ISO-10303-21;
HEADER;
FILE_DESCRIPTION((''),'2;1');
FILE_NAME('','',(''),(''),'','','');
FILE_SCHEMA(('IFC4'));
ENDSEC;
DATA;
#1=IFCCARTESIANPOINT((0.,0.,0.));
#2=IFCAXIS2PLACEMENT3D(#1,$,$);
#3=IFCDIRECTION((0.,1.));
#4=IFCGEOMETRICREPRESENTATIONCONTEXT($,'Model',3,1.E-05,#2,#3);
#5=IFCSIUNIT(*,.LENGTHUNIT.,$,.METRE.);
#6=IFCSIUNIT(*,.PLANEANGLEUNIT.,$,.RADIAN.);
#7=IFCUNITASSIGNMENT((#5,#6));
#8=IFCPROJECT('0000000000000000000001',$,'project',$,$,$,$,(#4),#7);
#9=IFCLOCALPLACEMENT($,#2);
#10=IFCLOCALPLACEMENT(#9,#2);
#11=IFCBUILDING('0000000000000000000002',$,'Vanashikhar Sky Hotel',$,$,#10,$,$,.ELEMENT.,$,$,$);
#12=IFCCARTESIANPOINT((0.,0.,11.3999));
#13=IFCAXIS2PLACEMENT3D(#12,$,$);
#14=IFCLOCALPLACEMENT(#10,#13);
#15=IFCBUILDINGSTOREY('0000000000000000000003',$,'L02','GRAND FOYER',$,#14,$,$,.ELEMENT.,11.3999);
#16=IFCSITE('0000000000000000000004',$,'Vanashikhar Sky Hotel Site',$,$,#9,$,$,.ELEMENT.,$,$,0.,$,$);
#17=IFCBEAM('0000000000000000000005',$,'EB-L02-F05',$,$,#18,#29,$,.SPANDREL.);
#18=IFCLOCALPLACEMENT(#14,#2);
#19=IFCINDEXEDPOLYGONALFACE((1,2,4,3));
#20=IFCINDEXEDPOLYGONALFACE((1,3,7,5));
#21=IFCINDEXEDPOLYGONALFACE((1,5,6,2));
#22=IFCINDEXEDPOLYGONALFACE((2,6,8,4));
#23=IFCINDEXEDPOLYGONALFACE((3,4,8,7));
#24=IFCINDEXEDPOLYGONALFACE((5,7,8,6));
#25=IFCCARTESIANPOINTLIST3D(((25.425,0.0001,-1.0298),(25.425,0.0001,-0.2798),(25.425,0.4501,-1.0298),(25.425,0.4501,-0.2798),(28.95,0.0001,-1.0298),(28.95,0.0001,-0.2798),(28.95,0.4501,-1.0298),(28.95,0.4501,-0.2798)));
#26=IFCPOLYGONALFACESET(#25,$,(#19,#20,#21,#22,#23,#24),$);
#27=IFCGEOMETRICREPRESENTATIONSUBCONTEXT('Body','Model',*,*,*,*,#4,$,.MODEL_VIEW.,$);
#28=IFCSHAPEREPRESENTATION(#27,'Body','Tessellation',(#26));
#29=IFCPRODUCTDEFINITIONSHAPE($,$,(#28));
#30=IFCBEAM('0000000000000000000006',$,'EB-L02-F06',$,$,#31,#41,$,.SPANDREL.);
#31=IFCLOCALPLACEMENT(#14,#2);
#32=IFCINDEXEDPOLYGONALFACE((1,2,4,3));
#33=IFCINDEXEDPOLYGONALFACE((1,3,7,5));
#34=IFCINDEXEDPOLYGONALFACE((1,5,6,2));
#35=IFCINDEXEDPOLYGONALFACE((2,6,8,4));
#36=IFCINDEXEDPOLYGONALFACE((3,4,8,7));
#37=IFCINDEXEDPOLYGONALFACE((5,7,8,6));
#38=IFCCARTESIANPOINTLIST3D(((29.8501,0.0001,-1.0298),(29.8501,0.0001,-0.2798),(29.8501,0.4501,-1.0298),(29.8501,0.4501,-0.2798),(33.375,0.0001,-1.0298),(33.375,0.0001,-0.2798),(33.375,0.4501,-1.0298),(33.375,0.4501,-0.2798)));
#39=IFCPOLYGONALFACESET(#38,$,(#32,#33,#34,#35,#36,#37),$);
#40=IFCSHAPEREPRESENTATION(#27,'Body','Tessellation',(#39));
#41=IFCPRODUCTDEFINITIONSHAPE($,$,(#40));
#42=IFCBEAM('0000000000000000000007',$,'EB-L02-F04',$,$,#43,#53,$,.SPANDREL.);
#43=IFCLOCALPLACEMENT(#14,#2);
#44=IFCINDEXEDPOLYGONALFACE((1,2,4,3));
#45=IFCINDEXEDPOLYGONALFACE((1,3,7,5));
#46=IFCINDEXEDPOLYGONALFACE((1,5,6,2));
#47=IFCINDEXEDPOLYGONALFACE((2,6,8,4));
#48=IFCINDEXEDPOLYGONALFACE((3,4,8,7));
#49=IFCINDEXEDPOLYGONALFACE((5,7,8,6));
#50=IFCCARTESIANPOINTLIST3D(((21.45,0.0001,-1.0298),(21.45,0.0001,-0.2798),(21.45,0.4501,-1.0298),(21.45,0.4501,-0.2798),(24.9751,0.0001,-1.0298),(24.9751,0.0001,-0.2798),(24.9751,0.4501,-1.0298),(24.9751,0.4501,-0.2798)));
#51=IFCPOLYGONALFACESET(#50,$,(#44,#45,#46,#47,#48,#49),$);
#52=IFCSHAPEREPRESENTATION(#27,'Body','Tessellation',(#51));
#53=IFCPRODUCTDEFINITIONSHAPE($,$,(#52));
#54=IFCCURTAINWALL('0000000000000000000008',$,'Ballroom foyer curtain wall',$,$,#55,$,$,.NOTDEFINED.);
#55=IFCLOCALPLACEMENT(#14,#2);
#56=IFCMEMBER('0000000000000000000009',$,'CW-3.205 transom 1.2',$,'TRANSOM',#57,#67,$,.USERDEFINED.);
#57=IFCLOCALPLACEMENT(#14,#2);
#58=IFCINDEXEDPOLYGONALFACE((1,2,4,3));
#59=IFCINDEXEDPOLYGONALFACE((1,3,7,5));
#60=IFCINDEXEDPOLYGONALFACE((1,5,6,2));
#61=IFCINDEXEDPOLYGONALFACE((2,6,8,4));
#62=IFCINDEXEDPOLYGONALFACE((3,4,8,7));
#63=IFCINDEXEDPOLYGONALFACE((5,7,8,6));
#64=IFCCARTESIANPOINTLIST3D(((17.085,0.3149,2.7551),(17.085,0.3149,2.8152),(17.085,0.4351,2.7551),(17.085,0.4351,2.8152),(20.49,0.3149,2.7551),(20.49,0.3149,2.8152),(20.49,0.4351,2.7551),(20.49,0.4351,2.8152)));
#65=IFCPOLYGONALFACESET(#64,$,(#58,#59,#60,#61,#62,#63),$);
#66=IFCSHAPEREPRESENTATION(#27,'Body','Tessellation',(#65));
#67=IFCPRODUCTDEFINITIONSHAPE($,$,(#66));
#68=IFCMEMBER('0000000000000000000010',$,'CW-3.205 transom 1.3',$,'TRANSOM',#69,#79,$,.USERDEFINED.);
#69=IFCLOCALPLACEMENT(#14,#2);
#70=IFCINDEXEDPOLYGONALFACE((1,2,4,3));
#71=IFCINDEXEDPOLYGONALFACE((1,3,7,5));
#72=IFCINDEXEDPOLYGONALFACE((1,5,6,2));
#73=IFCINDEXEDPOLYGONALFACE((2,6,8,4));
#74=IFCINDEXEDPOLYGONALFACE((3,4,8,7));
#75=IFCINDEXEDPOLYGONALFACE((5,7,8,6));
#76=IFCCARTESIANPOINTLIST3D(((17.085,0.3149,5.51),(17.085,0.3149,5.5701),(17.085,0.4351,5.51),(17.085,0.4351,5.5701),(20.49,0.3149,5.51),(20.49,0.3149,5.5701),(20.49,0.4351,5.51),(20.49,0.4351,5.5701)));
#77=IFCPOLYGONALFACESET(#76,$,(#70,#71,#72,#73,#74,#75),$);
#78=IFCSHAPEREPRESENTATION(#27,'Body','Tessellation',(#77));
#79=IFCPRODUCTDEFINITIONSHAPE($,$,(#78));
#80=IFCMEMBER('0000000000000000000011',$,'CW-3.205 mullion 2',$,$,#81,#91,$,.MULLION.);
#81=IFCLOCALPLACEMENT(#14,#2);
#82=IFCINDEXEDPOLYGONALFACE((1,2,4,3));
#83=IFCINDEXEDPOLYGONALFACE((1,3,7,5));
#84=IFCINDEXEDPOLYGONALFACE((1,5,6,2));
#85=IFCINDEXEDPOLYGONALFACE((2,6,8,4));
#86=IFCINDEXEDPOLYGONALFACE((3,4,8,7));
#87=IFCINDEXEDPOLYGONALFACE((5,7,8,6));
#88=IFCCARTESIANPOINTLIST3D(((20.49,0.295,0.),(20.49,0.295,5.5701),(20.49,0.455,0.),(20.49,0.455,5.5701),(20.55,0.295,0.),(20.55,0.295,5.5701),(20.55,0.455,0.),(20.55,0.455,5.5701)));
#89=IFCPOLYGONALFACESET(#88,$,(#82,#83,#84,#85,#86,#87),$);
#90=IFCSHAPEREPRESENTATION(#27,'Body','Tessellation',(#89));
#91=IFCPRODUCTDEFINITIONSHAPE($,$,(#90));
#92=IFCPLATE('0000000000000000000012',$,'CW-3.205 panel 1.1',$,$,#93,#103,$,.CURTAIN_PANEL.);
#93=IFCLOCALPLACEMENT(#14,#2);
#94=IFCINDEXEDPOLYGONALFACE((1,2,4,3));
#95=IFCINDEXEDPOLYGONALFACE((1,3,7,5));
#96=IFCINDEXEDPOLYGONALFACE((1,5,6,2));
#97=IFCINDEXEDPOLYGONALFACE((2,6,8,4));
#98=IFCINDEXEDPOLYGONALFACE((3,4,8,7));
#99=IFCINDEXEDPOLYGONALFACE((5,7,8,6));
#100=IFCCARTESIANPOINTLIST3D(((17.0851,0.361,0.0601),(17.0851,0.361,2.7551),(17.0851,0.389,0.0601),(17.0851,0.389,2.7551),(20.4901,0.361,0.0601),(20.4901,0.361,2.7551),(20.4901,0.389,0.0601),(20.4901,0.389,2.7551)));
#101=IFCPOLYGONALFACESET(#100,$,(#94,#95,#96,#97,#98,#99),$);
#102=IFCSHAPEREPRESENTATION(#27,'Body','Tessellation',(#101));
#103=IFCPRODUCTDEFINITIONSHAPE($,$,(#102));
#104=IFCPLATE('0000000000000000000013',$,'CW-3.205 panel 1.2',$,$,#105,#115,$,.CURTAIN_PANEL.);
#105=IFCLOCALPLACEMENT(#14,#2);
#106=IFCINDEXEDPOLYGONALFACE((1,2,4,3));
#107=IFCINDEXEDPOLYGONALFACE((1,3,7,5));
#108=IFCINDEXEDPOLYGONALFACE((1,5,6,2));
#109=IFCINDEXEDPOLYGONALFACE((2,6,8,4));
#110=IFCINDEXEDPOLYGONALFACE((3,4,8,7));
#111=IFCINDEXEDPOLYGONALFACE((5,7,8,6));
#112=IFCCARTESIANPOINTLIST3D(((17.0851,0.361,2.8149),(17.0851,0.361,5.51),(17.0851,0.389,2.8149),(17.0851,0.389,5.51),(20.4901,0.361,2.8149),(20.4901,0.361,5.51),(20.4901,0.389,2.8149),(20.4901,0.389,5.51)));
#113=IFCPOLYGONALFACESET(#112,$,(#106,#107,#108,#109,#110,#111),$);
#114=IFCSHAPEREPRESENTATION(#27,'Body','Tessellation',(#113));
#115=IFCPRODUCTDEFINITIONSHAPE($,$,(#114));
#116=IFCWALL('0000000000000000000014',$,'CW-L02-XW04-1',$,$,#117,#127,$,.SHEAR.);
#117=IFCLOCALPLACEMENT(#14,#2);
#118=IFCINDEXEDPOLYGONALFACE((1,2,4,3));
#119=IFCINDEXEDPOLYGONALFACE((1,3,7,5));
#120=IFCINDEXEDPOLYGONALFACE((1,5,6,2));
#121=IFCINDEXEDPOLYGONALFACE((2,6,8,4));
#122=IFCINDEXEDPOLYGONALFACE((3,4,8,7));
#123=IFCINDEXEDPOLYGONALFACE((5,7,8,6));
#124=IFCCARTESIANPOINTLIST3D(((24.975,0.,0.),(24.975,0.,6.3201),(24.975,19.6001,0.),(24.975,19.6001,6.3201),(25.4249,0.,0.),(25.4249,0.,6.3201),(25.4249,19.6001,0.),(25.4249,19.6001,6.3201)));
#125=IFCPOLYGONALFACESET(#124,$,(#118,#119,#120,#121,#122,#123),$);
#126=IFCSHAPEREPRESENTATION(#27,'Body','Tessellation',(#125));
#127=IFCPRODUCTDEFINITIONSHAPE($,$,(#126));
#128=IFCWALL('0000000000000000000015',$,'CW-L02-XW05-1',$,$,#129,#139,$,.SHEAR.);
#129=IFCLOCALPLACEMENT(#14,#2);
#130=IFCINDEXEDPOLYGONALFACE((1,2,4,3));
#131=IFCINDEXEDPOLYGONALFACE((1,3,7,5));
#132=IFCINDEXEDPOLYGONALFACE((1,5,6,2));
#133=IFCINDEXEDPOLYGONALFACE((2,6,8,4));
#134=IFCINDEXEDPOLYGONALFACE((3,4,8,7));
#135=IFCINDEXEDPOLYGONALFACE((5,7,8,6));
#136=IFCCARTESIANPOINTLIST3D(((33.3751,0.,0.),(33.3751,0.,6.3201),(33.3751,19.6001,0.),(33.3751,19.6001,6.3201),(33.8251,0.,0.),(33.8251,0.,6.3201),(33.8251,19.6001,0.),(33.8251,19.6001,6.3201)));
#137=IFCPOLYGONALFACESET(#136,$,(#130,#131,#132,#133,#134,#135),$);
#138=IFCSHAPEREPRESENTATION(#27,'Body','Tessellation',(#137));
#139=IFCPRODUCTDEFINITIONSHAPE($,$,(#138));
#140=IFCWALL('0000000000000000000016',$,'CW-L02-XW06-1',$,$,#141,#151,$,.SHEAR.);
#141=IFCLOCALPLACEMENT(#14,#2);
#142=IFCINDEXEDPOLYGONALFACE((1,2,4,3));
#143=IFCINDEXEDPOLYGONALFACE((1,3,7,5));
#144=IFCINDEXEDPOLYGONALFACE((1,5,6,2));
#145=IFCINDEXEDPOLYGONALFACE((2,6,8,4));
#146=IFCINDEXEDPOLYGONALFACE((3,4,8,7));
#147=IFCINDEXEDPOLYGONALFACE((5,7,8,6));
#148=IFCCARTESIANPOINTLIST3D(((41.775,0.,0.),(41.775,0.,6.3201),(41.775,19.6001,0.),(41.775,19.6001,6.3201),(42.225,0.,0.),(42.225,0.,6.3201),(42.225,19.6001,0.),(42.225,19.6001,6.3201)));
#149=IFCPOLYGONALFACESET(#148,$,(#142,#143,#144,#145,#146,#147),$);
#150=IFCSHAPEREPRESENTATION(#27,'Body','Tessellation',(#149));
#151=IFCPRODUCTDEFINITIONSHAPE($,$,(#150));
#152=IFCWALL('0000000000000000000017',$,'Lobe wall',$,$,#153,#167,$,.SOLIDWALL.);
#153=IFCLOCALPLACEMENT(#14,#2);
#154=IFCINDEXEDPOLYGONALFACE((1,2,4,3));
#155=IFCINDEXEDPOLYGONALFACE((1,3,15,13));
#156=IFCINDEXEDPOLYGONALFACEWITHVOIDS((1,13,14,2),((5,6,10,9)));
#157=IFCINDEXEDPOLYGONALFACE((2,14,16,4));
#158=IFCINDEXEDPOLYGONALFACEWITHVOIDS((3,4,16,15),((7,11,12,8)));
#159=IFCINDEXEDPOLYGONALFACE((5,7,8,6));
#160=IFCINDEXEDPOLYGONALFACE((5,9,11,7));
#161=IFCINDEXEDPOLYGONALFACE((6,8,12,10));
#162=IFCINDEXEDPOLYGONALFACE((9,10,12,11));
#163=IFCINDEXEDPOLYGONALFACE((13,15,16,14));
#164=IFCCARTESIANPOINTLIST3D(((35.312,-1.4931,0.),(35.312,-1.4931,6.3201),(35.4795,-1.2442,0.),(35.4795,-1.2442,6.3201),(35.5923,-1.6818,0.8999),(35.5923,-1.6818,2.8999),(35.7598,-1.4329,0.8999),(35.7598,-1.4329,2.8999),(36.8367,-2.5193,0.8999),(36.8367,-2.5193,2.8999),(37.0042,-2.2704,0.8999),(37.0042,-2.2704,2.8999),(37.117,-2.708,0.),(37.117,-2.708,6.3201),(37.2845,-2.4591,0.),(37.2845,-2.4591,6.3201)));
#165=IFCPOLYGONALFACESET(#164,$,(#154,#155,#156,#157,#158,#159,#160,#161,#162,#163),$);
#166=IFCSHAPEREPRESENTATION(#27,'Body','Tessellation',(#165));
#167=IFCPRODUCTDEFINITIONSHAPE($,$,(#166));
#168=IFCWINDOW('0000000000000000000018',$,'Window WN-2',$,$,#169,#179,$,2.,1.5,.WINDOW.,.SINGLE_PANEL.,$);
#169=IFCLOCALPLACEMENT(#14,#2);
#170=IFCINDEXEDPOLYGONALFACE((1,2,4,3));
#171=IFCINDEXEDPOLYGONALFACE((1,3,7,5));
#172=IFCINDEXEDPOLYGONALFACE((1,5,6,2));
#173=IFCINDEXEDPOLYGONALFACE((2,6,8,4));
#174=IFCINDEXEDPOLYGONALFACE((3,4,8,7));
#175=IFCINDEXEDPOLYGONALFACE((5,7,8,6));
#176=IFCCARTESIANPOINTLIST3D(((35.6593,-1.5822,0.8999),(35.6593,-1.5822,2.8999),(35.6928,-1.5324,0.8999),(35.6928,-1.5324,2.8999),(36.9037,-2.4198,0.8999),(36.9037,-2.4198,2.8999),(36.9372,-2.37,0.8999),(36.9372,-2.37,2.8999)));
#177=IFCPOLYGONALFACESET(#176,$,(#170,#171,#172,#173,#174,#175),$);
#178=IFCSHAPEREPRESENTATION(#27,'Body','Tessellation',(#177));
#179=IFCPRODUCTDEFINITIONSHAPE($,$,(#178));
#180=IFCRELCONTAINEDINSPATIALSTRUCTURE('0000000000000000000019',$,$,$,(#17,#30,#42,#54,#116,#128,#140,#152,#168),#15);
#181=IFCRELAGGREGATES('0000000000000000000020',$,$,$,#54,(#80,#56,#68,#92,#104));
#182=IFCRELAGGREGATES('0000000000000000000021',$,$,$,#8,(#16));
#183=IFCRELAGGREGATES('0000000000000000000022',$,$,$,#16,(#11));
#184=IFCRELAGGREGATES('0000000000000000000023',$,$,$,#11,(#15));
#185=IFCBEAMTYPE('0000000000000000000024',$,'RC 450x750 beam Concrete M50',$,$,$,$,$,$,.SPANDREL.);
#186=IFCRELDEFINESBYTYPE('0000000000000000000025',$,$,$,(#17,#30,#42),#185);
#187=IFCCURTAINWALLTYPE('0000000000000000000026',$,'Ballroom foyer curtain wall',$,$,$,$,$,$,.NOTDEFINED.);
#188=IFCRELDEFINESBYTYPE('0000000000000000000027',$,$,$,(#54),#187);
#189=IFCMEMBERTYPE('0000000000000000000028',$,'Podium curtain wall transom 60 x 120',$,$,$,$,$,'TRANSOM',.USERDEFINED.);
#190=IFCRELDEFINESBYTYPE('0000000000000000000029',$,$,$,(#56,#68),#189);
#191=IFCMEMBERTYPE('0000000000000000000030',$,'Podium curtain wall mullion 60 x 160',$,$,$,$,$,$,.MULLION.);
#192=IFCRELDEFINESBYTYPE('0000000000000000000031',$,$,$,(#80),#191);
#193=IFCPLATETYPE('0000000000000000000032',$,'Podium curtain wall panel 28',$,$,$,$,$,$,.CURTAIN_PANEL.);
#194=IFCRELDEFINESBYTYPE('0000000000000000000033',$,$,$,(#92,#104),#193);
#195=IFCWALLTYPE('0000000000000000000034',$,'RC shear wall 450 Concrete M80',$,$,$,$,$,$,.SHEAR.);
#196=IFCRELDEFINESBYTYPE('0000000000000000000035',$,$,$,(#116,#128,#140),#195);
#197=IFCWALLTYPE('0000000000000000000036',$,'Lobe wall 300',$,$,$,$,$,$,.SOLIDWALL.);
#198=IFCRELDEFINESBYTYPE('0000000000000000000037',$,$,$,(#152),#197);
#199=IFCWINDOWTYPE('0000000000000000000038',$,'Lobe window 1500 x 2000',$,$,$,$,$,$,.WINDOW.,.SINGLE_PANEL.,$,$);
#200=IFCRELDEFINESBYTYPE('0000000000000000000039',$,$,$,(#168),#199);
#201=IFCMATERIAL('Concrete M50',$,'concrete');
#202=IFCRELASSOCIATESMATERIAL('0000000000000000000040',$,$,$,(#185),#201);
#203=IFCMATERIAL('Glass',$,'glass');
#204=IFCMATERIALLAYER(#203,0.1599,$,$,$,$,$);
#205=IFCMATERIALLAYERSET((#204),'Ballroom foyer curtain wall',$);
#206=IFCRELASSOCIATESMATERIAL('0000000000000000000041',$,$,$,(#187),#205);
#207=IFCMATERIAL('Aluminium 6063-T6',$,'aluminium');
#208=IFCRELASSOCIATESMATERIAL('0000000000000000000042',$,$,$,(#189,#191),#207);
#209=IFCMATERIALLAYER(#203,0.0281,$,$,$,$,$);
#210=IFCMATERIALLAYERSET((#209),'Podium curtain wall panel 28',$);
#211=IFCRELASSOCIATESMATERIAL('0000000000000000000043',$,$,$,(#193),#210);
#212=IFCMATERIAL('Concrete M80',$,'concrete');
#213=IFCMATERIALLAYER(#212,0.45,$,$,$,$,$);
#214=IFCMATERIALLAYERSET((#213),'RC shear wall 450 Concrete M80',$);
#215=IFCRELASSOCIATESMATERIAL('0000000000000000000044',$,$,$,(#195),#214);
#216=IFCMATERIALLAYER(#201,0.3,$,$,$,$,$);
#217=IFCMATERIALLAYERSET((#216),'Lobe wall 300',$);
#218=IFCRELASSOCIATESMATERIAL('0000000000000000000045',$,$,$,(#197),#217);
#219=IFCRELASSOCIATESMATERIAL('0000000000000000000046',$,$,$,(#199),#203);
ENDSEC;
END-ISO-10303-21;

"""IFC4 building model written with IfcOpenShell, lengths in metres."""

from ifc_helpers import new_model, si_unit, direction, frame, frame_2d, origin, origin_2d, place, context, subcontext, project, spatial, rectangle, extrude, source, transform, mapped, material, layer, layer_set, material_profile, profile_set, type_object, element, fill, aggregate, save


model = new_model("IFC4")

# Units and contexts
model_context = context("Model", 3, precision=1e-05, world=origin(), true_north=direction((0.0, 1.0)))
body_context = subcontext(model_context, "Body", "Model", "MODEL_VIEW")
ifc_project = project(units=[si_unit("LENGTHUNIT", "METRE"), si_unit("PLANEANGLEUNIT", "RADIAN")], contexts=[model_context])

# Site, building, storey
site_placement = place(None, origin())
site = spatial("IfcSite", under=ifc_project, at=site_placement, Name="Vanashikhar Sky Hotel Site", CompositionType="ELEMENT", RefElevation=0.0)
building_placement = place(site_placement, origin())
building = spatial("IfcBuilding", under=site, at=building_placement, Name="Vanashikhar Sky Hotel", CompositionType="ELEMENT")
storey_placement = place(building_placement, frame((0.0, 0.0, 11.3999)))
storey = spatial("IfcBuildingStorey", under=building, at=storey_placement, Name="L02", Description="GRAND FOYER", CompositionType="ELEMENT", Elevation=11.3999)

# Beams
ifc_material_1 = material(Name="Concrete M50", Category="concrete")
ifc_material_profile_1 = material_profile(ifc_material_1, rectangle(XDim=0.45, YDim=0.75, at=origin_2d()))
ifc_profile_set_1 = profile_set([ifc_material_profile_1], Name="RC 450x750 beam Concrete M50")
beam_type = type_object("IfcBeamType", Name="RC 450x750 beam Concrete M50", PredefinedType="SPANDREL", material=ifc_profile_set_1)
shared_shape_1 = source(origin(), body_context, "Body", "SweptSolid", [
    extrude(rectangle(XDim=0.45, YDim=0.75, at=origin_2d()), origin(), (0.0, 0.0, 1.0), 3.5249),
])
for number, where, z_axis, x_axis, name in (
    (1, (25.425, 0.2251, -0.6548), (1.0, 0.0, 0.0), (0.0, 1.0, 0.0), "EB-L02-F05"),
    (2, (29.8501, 0.2251, -0.6548), (1.0, 0.0, 0.0), (0.0, 1.0, 0.0), "EB-L02-F06"),
):
    element("IfcBeam", number, at=place(storey_placement, frame(where, z_axis=z_axis, x_axis=x_axis)), inside=storey, type_object=beam_type, Name=name, PredefinedType="SPANDREL", context=body_context, shape_type="MappedRepresentation", body=[
        mapped(shared_shape_1, transform((0.0, 0.0, 0.0), scale=1.0)),
    ])
shared_shape_2 = source(origin(), body_context, "Body", "SweptSolid", [
    extrude(rectangle(XDim=0.45, YDim=0.75, at=origin_2d()), origin(), (0.0, 0.0, 1.0), 3.5251),
])
beam_placement = place(storey_placement, frame((21.45, 0.2251, -0.6548), z_axis=(1.0, 0.0, 0.0), x_axis=(0.0, 1.0, 0.0)))
element("IfcBeam", 3, at=beam_placement, inside=storey, type_object=beam_type, Name="EB-L02-F04", PredefinedType="SPANDREL", context=body_context, shape_type="MappedRepresentation", body=[
    mapped(shared_shape_2, transform((0.0, 0.0, 0.0), scale=1.0)),
])

# Curtain wall, members, plates
ifc_material_2 = material(Name="Glass", Category="glass")
ifc_layer_1 = layer(ifc_material_2, 0.1599)
ifc_layer_set_1 = layer_set([ifc_layer_1], Name="Ballroom foyer curtain wall")
curtain_wall_type = type_object("IfcCurtainWallType", Name="Ballroom foyer curtain wall", PredefinedType="NOTDEFINED", material=ifc_layer_set_1)
curtain_wall_placement = place(storey_placement, origin())
curtain_wall = element("IfcCurtainWall", 4, at=curtain_wall_placement, inside=storey, type_object=curtain_wall_type, Name="Ballroom foyer curtain wall", PredefinedType="NOTDEFINED")
ifc_material_3 = material(Name="Aluminium 6063-T6", Category="aluminium")
ifc_material_profile_2 = material_profile(ifc_material_3, rectangle(XDim=0.1201, YDim=0.0601, at=origin_2d()))
ifc_profile_set_2 = profile_set([ifc_material_profile_2], Name="Aluminium 6063-T6")
member_type_1 = type_object("IfcMemberType", Name="Podium curtain wall transom 60 x 120", ElementType="TRANSOM", PredefinedType="USERDEFINED", material=ifc_profile_set_2)
shared_shape_3 = source(origin(), body_context, "Body", "SweptSolid", [
    extrude(rectangle(XDim=0.1201, YDim=0.0601, at=origin_2d()), origin(), (0.0, 0.0, 1.0), 3.405),
])
member_1_placement = place(storey_placement, frame((17.085, 0.375, 2.7852), z_axis=(1.0, 0.0, 0.0), x_axis=(0.0, 1.0, 0.0)))
member_1 = element("IfcMember", 5, at=member_1_placement, type_object=member_type_1, Name="CW-3.205 transom 1.2", ObjectType="TRANSOM", PredefinedType="USERDEFINED", context=body_context, shape_type="MappedRepresentation", body=[
    mapped(shared_shape_3, transform((0.0, 0.0, 0.0), scale=1.0)),
])
member_2_placement = place(storey_placement, frame((17.085, 0.375, 5.54), z_axis=(1.0, 0.0, 0.0), x_axis=(0.0, 1.0, 0.0)))
member_2 = element("IfcMember", 6, at=member_2_placement, type_object=member_type_1, Name="CW-3.205 transom 1.3", ObjectType="TRANSOM", PredefinedType="USERDEFINED", context=body_context, shape_type="MappedRepresentation", body=[
    mapped(shared_shape_3, transform((0.0, 0.0, 0.0), scale=1.0)),
])
ifc_material_profile_3 = material_profile(ifc_material_3, rectangle(XDim=0.1599, YDim=0.0601, at=origin_2d()))
ifc_profile_set_3 = profile_set([ifc_material_profile_3], Name="Aluminium 6063-T6")
member_type_2 = type_object("IfcMemberType", Name="Podium curtain wall mullion 60 x 160", PredefinedType="MULLION", material=ifc_profile_set_3)
shared_shape_4 = source(origin(), body_context, "Body", "SweptSolid", [
    extrude(rectangle(XDim=0.1599, YDim=0.0601, at=origin_2d()), origin(), (0.0, 0.0, 1.0), 5.5701),
])
member_3_placement = place(storey_placement, frame((20.52, 0.375, 0.0), z_axis=(0.0, 0.0, 1.0), x_axis=(0.0, 1.0, 0.0)))
member_3 = element("IfcMember", 7, at=member_3_placement, type_object=member_type_2, Name="CW-3.205 mullion 2", PredefinedType="MULLION", context=body_context, shape_type="MappedRepresentation", body=[
    mapped(shared_shape_4, transform((0.0, 0.0, 0.0), scale=1.0)),
])
ifc_layer_2 = layer(ifc_material_2, 0.0281)
ifc_layer_set_2 = layer_set([ifc_layer_2], Name="Podium curtain wall panel 28")
plate_type = type_object("IfcPlateType", Name="Podium curtain wall panel 28", PredefinedType="CURTAIN_PANEL", material=ifc_layer_set_2)
shared_shape_5 = source(origin(), body_context, "Body", "SweptSolid", [
    extrude(rectangle(XDim=3.405, YDim=0.0281, at=origin_2d()), origin(), (0.0, 0.0, 1.0), 2.6951),
])
plate_1_placement = place(storey_placement, frame((18.7876, 0.375, 0.0601), z_axis=(0.0, 0.0, 1.0), x_axis=(1.0, 0.0, 0.0)))
plate_1 = element("IfcPlate", 8, at=plate_1_placement, type_object=plate_type, Name="CW-3.205 panel 1.1", PredefinedType="CURTAIN_PANEL", context=body_context, shape_type="MappedRepresentation", body=[
    mapped(shared_shape_5, transform((0.0, 0.0, 0.0), scale=1.0)),
])
plate_2_placement = place(storey_placement, frame((18.7876, 0.375, 2.8149), z_axis=(0.0, 0.0, 1.0), x_axis=(1.0, 0.0, 0.0)))
plate_2 = element("IfcPlate", 9, at=plate_2_placement, type_object=plate_type, Name="CW-3.205 panel 1.2", PredefinedType="CURTAIN_PANEL", context=body_context, shape_type="MappedRepresentation", body=[
    mapped(shared_shape_5, transform((0.0, 0.0, 0.0), scale=1.0)),
])
aggregate(curtain_wall, [member_3, member_1, member_2, plate_1, plate_2])

# Walls
ifc_material_4 = material(Name="Concrete M80", Category="concrete")
ifc_layer_3 = layer(ifc_material_4, 0.45)
ifc_layer_set_3 = layer_set([ifc_layer_3], Name="RC shear wall 450 Concrete M80")
wall_type_1 = type_object("IfcWallType", Name="RC shear wall 450 Concrete M80", PredefinedType="SHEAR", material=ifc_layer_set_3)
shared_shape_6 = source(origin(), body_context, "Body", "SweptSolid", [
    extrude(rectangle(XDim=19.6001, YDim=0.45, at=frame_2d((9.8, 0.0))), origin(), (0.0, 0.0, 1.0), 6.3201),
])
for number, where, z_axis, x_axis, name in (
    (10, (25.2, 0.0, 0.0), (0.0, 0.0, 1.0), (0.0, 1.0, 0.0), "CW-L02-XW04-1"),
    (11, (33.6001, 0.0, 0.0), (0.0, 0.0, 1.0), (0.0, 1.0, 0.0), "CW-L02-XW05-1"),
    (12, (42.0, 0.0, 0.0), (0.0, 0.0, 1.0), (0.0, 1.0, 0.0), "CW-L02-XW06-1"),
):
    element("IfcWall", number, at=place(storey_placement, frame(where, z_axis=z_axis, x_axis=x_axis)), inside=storey, type_object=wall_type_1, Name=name, PredefinedType="SHEAR", context=body_context, shape_type="MappedRepresentation", body=[
        mapped(shared_shape_6, transform((0.0, 0.0, 0.0), scale=1.0)),
    ])

# Wall, opening, window
ifc_layer_4 = layer(ifc_material_1, 0.3)
ifc_layer_set_4 = layer_set([ifc_layer_4], Name="Lobe wall 300")
wall_type_2 = type_object("IfcWallType", Name="Lobe wall 300", PredefinedType="SOLIDWALL", material=ifc_layer_set_4)
shared_shape_7 = source(origin(), body_context, "Body", "SweptSolid", [
    extrude(rectangle(XDim=2.1758, YDim=0.3, at=frame_2d((1.0879, 0.0))), origin(), (0.0, 0.0, 1.0), 6.3201),
])
wall_1_placement = place(storey_placement, frame((35.3958, -1.3687, 0.0), z_axis=(0.0, 0.0, 1.0), x_axis=(0.829591, -0.558372, 0.0)))
wall_1 = element("IfcWall", 13, at=wall_1_placement, inside=storey, type_object=wall_type_2, Name="Lobe wall", PredefinedType="SOLIDWALL", context=body_context, shape_type="MappedRepresentation", body=[
    mapped(shared_shape_7, transform((0.0, 0.0, 0.0), scale=1.0)),
])
shared_shape_8 = source(origin(), body_context, "Body", "SweptSolid", [
    extrude(rectangle(XDim=1.5, YDim=2.0, at=frame_2d((0.75, 1.0))), frame((0.0, 0.1602, 0.0), z_axis=(0.0, -1.0, 0.0), x_axis=(1.0, 0.0, 0.0)), (0.0, 0.0, 1.0), 0.3201),
])
opening_1_placement = place(wall_1_placement, frame((0.3379, 0.0, 0.8999)))
opening_1 = element("IfcOpeningElement", 14, at=opening_1_placement, cuts=wall_1, PredefinedType="OPENING", context=body_context, shape_type="MappedRepresentation", body=[
    mapped(shared_shape_8, transform((0.0, 0.0, 0.0), scale=1.0)),
])
window_type = type_object("IfcWindowType", Name="Lobe window 1500 x 2000", PartitioningType="SINGLE_PANEL", PredefinedType="WINDOW", material=ifc_material_2)
shared_shape_9 = source(origin(), body_context, "Body", "SweptSolid", [
    extrude(rectangle(XDim=1.5, YDim=2.0, at=frame_2d((0.75, 1.0))), frame((0.0, 0.03, 0.0), z_axis=(0.0, -1.0, 0.0), x_axis=(1.0, 0.0, 0.0)), (0.0, 0.0, 1.0), 0.0601),
])
window_1_placement = place(opening_1_placement, origin())
window_1 = element("IfcWindow", 15, at=window_1_placement, inside=storey, type_object=window_type, Name="Window WN-2", OverallHeight=2.0, OverallWidth=1.5, PartitioningType="SINGLE_PANEL", PredefinedType="WINDOW", context=body_context, shape_type="MappedRepresentation", body=[
    mapped(shared_shape_9, transform((0.0, 0.0, 0.0), scale=1.0)),
])
fill(opening_1, window_1)

save(model, "model.ifc")
